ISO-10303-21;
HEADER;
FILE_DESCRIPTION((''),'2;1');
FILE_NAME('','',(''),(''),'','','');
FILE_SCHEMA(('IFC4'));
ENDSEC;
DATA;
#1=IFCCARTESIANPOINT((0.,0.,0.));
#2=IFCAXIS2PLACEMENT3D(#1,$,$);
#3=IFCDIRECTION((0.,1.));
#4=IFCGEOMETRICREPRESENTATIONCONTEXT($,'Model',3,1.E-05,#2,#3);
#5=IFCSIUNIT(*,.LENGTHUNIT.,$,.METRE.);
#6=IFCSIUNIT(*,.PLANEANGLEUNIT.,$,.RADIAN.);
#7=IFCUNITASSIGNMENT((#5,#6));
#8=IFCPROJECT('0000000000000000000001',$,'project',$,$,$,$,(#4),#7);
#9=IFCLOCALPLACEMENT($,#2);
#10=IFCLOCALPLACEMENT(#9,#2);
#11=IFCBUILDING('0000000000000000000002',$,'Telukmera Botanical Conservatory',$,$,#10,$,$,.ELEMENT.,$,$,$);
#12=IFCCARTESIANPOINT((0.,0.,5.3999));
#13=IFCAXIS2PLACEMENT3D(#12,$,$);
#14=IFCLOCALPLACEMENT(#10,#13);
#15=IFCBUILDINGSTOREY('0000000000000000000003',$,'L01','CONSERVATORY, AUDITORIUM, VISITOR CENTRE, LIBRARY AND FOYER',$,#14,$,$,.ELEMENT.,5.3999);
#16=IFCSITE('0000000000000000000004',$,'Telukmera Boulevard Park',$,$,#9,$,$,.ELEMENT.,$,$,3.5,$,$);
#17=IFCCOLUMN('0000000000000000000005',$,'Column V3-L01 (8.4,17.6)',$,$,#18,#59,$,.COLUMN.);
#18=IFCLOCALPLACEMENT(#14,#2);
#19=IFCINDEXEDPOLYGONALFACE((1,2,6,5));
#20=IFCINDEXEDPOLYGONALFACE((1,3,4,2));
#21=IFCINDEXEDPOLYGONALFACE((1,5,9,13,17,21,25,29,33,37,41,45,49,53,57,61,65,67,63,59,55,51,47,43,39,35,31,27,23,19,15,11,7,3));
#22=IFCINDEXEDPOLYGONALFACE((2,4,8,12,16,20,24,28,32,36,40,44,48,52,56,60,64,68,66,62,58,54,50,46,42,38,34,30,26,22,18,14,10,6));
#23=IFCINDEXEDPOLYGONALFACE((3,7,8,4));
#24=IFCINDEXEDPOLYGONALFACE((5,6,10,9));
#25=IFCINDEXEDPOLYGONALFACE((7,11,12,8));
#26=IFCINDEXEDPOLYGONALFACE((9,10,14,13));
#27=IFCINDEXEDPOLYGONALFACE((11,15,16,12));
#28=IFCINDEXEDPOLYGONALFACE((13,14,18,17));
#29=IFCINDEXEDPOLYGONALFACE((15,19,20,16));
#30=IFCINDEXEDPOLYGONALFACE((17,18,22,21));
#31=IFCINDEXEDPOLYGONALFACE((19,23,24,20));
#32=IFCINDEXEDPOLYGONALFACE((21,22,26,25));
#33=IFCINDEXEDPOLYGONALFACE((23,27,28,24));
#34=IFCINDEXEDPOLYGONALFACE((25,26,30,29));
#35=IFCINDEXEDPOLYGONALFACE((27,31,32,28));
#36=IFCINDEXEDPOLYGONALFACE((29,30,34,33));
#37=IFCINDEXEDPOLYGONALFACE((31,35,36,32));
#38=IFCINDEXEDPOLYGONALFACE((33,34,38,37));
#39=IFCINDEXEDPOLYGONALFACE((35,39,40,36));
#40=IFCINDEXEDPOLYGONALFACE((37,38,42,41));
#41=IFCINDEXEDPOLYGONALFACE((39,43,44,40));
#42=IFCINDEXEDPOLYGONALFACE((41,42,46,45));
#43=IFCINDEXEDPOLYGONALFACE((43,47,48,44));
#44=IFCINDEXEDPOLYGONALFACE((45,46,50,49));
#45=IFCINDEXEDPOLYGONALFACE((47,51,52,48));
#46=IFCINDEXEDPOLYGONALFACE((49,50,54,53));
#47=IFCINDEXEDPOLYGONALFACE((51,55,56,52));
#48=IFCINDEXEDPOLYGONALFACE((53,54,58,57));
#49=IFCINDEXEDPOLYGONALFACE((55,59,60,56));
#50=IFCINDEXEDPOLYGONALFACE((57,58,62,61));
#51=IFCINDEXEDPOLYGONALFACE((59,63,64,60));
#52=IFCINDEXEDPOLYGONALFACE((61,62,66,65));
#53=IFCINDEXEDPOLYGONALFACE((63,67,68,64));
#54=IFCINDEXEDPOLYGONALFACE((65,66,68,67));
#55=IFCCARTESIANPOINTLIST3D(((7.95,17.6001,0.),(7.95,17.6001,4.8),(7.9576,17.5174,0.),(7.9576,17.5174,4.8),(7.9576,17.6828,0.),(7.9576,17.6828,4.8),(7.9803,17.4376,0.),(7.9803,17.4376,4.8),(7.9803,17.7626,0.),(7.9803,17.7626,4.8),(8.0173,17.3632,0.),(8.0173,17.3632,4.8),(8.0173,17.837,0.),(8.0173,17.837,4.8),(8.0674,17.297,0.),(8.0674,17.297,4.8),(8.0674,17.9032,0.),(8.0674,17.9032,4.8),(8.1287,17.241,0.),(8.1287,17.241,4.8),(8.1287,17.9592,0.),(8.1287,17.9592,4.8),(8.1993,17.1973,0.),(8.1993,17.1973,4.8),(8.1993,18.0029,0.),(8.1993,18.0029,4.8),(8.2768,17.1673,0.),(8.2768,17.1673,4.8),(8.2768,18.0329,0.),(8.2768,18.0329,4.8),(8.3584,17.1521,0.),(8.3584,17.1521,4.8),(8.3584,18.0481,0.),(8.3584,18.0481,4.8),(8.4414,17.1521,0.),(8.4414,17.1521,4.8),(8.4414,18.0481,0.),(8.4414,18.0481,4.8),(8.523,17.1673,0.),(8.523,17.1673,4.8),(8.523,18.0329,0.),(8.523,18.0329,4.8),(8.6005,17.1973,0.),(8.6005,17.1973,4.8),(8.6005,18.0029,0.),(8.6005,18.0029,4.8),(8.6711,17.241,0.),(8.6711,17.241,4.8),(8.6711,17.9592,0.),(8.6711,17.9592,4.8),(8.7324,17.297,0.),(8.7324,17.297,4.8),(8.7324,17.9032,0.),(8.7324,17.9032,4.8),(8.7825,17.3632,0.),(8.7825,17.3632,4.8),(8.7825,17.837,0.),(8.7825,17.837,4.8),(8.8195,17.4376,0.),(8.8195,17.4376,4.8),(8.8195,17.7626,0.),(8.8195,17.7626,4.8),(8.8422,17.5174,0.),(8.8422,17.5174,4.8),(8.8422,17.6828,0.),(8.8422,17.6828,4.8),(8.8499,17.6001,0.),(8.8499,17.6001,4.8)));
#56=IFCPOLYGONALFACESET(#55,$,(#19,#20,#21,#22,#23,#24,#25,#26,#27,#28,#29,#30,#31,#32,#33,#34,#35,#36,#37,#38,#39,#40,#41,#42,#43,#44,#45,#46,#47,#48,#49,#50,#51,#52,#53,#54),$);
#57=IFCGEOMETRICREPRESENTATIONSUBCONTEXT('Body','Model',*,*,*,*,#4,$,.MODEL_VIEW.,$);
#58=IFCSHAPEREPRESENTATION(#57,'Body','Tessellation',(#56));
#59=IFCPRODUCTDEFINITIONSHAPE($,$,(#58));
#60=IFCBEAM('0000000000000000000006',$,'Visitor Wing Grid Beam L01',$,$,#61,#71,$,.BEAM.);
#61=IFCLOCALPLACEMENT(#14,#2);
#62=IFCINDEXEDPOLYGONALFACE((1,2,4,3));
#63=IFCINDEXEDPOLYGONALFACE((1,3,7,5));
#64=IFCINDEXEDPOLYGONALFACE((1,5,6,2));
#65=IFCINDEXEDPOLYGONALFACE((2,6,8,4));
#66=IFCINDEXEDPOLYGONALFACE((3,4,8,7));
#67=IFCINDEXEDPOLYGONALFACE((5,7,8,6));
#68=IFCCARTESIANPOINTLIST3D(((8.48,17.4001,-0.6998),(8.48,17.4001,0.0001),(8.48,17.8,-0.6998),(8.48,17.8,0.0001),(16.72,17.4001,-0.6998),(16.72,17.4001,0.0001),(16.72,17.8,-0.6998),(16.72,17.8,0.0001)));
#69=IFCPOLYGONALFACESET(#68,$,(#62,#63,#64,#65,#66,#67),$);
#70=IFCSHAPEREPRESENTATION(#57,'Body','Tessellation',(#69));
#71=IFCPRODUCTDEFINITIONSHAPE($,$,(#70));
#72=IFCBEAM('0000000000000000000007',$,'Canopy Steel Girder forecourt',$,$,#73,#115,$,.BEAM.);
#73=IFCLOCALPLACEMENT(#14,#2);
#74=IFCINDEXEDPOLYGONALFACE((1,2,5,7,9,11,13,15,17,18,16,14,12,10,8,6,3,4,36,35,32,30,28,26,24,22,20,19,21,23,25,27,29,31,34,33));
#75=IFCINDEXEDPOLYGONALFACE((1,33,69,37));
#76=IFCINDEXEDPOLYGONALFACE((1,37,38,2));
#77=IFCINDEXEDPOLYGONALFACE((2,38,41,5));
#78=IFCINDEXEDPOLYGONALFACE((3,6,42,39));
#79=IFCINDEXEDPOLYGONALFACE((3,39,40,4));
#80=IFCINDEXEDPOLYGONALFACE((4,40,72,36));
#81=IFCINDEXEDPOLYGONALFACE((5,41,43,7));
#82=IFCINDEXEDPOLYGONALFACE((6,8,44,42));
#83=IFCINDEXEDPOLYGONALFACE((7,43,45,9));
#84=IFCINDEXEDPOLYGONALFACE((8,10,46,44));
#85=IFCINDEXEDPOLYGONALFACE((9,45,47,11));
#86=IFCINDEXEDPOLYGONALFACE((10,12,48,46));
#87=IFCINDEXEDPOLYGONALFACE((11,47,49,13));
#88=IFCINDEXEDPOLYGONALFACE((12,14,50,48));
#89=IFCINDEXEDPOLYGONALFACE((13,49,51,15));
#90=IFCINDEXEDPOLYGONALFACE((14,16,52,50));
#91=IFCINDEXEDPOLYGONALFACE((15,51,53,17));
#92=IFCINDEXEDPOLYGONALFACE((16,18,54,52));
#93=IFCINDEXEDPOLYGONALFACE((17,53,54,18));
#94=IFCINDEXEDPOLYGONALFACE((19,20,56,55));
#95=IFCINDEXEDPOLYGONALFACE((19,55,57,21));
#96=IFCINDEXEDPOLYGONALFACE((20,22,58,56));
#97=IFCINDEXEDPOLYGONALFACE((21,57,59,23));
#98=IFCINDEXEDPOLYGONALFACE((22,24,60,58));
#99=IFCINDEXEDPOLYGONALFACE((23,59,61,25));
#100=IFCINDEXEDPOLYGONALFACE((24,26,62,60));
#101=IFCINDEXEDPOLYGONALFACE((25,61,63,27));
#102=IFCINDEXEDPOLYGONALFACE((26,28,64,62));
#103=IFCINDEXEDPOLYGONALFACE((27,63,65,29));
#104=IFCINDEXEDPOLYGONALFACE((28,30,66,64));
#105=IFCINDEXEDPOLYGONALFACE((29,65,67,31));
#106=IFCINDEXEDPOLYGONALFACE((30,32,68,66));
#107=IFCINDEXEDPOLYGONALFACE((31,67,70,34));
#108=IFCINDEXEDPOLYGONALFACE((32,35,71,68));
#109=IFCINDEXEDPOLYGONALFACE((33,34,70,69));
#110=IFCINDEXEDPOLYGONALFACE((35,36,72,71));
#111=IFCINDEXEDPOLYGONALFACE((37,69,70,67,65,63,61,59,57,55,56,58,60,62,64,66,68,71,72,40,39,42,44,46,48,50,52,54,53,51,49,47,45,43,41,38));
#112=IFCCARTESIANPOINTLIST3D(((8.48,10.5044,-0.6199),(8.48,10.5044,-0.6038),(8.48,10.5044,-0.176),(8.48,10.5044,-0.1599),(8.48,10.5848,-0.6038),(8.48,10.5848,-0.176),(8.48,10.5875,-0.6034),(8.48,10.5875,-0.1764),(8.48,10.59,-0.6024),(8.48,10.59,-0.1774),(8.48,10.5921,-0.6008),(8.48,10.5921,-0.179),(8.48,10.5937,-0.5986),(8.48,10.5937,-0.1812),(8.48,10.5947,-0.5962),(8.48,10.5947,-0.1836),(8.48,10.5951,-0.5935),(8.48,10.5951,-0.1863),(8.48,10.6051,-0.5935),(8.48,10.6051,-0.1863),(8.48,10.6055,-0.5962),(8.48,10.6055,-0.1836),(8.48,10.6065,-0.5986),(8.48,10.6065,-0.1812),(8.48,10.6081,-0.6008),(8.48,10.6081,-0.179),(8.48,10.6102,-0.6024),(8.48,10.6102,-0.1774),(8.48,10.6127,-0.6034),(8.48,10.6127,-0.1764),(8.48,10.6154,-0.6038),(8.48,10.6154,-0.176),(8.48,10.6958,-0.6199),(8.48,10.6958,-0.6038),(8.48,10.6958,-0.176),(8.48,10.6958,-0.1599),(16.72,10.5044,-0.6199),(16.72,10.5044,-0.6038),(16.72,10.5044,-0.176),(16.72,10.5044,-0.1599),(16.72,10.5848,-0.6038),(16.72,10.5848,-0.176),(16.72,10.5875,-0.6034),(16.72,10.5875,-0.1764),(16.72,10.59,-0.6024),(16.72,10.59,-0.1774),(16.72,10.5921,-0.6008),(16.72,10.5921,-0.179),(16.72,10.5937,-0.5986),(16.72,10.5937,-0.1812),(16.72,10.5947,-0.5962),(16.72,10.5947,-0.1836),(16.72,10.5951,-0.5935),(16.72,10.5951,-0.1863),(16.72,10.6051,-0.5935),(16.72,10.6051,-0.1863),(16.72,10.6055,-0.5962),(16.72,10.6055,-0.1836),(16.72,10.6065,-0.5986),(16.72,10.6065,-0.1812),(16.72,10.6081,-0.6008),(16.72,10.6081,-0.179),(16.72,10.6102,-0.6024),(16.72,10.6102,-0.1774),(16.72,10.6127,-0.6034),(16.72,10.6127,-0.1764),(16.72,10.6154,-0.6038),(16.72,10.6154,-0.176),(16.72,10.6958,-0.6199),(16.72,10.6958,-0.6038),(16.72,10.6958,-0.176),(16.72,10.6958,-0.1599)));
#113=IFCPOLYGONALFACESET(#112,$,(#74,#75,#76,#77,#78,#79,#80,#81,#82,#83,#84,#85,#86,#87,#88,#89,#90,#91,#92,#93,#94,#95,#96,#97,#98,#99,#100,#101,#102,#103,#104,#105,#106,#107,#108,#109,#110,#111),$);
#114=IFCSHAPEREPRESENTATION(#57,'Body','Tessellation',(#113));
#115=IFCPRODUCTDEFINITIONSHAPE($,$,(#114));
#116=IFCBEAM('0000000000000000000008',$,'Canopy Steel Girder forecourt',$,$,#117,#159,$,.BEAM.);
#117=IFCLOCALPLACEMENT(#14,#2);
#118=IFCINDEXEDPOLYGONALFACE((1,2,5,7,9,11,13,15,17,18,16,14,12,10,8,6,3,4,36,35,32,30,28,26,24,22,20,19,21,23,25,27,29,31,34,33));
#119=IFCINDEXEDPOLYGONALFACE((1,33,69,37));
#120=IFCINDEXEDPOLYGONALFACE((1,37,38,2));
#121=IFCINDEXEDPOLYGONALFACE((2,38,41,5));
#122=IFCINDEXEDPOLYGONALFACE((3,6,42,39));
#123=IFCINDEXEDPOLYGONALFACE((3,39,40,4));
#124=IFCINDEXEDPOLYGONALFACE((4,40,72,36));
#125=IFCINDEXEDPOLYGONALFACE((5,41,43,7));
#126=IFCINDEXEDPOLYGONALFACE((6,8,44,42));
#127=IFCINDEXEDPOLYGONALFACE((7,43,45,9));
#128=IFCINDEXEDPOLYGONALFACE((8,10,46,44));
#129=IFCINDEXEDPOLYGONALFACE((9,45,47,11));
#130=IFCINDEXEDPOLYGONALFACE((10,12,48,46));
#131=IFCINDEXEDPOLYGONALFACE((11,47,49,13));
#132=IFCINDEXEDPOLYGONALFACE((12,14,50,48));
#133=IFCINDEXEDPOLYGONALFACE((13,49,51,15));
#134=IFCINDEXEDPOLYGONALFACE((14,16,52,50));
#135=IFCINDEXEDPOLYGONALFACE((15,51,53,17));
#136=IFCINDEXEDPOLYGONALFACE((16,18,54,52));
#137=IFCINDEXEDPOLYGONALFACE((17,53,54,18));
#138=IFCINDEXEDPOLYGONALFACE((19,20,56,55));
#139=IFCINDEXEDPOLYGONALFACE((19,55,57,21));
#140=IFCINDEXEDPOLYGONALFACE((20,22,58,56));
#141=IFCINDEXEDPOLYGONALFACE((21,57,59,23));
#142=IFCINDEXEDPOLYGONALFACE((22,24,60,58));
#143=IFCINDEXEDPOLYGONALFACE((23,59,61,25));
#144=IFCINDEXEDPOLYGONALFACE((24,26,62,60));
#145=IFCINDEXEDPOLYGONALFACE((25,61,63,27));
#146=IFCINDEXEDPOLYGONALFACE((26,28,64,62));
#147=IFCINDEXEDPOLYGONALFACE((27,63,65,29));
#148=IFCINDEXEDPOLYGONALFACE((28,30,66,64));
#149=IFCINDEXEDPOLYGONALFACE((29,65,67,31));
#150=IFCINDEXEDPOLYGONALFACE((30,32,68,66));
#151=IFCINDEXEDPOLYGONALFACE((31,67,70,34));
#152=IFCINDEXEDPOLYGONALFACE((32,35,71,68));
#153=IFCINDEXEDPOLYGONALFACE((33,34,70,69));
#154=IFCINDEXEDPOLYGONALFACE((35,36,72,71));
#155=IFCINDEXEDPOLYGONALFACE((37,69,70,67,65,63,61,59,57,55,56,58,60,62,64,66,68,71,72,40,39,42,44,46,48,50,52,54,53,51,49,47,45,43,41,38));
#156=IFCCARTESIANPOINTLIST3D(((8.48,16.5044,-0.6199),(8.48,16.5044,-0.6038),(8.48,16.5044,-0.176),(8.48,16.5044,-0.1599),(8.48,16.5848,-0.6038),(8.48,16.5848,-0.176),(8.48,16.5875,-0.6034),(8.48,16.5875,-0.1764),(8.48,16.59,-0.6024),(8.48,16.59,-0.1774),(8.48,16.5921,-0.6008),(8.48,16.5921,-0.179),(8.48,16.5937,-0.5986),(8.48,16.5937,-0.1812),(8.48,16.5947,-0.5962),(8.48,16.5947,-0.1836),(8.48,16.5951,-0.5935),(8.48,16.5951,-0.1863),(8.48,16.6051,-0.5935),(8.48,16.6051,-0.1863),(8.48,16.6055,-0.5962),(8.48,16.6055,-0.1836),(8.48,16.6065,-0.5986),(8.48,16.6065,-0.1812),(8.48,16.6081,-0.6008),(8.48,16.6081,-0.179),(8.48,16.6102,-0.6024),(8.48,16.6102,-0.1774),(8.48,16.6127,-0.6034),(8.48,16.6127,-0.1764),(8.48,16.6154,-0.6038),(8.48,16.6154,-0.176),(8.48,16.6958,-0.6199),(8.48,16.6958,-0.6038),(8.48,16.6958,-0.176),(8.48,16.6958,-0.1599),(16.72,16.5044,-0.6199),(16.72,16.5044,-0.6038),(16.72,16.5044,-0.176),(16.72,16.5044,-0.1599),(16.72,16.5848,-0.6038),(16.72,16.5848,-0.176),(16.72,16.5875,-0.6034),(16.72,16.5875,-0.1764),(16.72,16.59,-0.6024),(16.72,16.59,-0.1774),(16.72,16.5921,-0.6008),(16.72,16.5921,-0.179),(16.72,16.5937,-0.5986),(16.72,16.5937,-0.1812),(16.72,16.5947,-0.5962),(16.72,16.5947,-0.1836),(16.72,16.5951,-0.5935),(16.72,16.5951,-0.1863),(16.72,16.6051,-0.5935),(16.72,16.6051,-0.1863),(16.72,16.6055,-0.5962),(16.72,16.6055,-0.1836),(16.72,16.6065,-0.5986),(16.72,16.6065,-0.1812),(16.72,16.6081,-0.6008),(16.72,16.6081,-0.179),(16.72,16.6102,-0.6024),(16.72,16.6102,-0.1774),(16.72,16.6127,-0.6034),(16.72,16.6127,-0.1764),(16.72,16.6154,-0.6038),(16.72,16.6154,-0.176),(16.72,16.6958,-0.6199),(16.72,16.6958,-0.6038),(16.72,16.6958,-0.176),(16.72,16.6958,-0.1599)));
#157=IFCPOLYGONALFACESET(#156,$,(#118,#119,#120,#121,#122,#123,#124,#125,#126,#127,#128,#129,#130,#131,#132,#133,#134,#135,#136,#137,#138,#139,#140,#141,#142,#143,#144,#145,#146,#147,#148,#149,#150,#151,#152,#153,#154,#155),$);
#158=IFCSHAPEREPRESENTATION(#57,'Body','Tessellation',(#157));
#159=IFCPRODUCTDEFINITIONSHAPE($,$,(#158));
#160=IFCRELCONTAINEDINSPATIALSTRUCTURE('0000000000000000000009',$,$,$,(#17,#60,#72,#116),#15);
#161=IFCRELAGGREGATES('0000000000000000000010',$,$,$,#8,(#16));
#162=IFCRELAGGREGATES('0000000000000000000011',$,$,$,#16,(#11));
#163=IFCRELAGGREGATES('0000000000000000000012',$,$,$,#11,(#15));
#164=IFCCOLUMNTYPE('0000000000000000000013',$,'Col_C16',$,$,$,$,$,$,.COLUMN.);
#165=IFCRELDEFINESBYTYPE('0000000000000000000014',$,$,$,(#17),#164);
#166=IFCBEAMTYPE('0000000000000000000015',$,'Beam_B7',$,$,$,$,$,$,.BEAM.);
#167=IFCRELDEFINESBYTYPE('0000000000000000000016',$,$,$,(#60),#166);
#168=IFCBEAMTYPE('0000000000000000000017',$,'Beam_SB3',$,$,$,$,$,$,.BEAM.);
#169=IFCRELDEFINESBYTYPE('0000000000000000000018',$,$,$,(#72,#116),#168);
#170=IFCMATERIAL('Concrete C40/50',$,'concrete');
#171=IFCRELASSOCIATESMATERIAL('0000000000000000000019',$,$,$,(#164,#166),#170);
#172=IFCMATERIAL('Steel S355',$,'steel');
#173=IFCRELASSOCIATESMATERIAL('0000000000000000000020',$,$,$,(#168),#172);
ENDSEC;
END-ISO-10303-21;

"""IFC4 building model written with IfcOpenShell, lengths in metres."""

from ifc_helpers import new_model, si_unit, direction, frame, origin, origin_2d, place, context, subcontext, project, spatial, rectangle, circle, i_section, extrude, material, material_profile, profile_set, type_object, element, save


model = new_model("IFC4")

# Units and contexts
model_context = context("Model", 3, precision=1e-05, world=origin(), true_north=direction((0.0, 1.0)))
body_context = subcontext(model_context, "Body", "Model", "MODEL_VIEW")
ifc_project = project(units=[si_unit("LENGTHUNIT", "METRE"), si_unit("PLANEANGLEUNIT", "RADIAN")], contexts=[model_context])

# Site, building, storey
site_placement = place(None, origin())
site = spatial("IfcSite", under=ifc_project, at=site_placement, Name="Telukmera Boulevard Park", CompositionType="ELEMENT", RefElevation=3.5)
building_placement = place(site_placement, origin())
building = spatial("IfcBuilding", under=site, at=building_placement, Name="Telukmera Botanical Conservatory", CompositionType="ELEMENT")
storey_placement = place(building_placement, frame((0.0, 0.0, 5.3999)))
storey = spatial("IfcBuildingStorey", under=building, at=storey_placement, Name="L01", Description="CONSERVATORY, AUDITORIUM, VISITOR CENTRE, LIBRARY AND FOYER", CompositionType="ELEMENT", Elevation=5.3999)

# Column
ifc_material_1 = material(Name="Concrete C40/50", Category="concrete")
ifc_material_profile_1 = material_profile(ifc_material_1, circle(Radius=0.45, at=origin_2d()), Name="RC D900")
ifc_profile_set_1 = profile_set([ifc_material_profile_1], Name="Concrete C40/50")
column_type = type_object("IfcColumnType", Name="Col_C16", PredefinedType="COLUMN", material=ifc_profile_set_1)
column_placement = place(storey_placement, frame((8.3999, 17.6001, 0.0), z_axis=(0.0, 0.0, 1.0), x_axis=(1.0, 0.0, 0.0)))
element("IfcColumn", 1, at=column_placement, inside=storey, type_object=column_type, Name="Column V3-L01 (8.4,17.6)", PredefinedType="COLUMN", context=body_context, shape_type="SweptSolid", body=[
    extrude(circle(Radius=0.45, at=origin_2d()), origin(), (0.0, 0.0, 1.0), 4.8),
])

# Beams
ifc_material_profile_2 = material_profile(ifc_material_1, rectangle(XDim=0.3999, YDim=0.7, at=origin_2d()), Name="RC 400x700")
ifc_profile_set_2 = profile_set([ifc_material_profile_2], Name="Concrete C40/50")
beam_type_1 = type_object("IfcBeamType", Name="Beam_B7", PredefinedType="BEAM", material=ifc_profile_set_2)
beam_1_placement = place(storey_placement, frame((8.48, 17.6001, -0.3499), z_axis=(1.0, 0.0, 0.0), x_axis=(0.0, 1.0, 0.0)))
element("IfcBeam", 2, at=beam_1_placement, inside=storey, type_object=beam_type_1, Name="Visitor Wing Grid Beam L01", PredefinedType="BEAM", context=body_context, shape_type="SweptSolid", body=[
    extrude(rectangle(XDim=0.3999, YDim=0.7, at=origin_2d()), origin(), (0.0, 0.0, 1.0), 8.24),
])
ifc_material_2 = material(Name="Steel S355", Category="steel")
ifc_material_profile_3 = material_profile(ifc_material_2, i_section(OverallWidth=0.1914, OverallDepth=0.46, WebThickness=0.01, FlangeThickness=0.0161, FilletRadius=0.0103, at=origin_2d()), Name="UB 457x191x82")
ifc_profile_set_3 = profile_set([ifc_material_profile_3], Name="Steel S355")
beam_type_2 = type_object("IfcBeamType", Name="Beam_SB3", PredefinedType="BEAM", material=ifc_profile_set_3)
for number, where, z_axis, x_axis, name in (
    (3, (8.48, 10.6001, -0.3899), (1.0, 0.0, 0.0), (0.0, 1.0, 0.0), "Canopy Steel Girder forecourt"),
    (4, (8.48, 16.6001, -0.3899), (1.0, 0.0, 0.0), (0.0, 1.0, 0.0), "Canopy Steel Girder forecourt"),
):
    element("IfcBeam", number, at=place(storey_placement, frame(where, z_axis=z_axis, x_axis=x_axis)), inside=storey, type_object=beam_type_2, Name=name, PredefinedType="BEAM", context=body_context, shape_type="SweptSolid", body=[
        extrude(i_section(OverallWidth=0.1914, OverallDepth=0.46, WebThickness=0.01, FlangeThickness=0.0161, FilletRadius=0.0103, at=origin_2d()), origin(), (0.0, 0.0, 1.0), 8.24),
    ])

save(model, "model.ifc")
